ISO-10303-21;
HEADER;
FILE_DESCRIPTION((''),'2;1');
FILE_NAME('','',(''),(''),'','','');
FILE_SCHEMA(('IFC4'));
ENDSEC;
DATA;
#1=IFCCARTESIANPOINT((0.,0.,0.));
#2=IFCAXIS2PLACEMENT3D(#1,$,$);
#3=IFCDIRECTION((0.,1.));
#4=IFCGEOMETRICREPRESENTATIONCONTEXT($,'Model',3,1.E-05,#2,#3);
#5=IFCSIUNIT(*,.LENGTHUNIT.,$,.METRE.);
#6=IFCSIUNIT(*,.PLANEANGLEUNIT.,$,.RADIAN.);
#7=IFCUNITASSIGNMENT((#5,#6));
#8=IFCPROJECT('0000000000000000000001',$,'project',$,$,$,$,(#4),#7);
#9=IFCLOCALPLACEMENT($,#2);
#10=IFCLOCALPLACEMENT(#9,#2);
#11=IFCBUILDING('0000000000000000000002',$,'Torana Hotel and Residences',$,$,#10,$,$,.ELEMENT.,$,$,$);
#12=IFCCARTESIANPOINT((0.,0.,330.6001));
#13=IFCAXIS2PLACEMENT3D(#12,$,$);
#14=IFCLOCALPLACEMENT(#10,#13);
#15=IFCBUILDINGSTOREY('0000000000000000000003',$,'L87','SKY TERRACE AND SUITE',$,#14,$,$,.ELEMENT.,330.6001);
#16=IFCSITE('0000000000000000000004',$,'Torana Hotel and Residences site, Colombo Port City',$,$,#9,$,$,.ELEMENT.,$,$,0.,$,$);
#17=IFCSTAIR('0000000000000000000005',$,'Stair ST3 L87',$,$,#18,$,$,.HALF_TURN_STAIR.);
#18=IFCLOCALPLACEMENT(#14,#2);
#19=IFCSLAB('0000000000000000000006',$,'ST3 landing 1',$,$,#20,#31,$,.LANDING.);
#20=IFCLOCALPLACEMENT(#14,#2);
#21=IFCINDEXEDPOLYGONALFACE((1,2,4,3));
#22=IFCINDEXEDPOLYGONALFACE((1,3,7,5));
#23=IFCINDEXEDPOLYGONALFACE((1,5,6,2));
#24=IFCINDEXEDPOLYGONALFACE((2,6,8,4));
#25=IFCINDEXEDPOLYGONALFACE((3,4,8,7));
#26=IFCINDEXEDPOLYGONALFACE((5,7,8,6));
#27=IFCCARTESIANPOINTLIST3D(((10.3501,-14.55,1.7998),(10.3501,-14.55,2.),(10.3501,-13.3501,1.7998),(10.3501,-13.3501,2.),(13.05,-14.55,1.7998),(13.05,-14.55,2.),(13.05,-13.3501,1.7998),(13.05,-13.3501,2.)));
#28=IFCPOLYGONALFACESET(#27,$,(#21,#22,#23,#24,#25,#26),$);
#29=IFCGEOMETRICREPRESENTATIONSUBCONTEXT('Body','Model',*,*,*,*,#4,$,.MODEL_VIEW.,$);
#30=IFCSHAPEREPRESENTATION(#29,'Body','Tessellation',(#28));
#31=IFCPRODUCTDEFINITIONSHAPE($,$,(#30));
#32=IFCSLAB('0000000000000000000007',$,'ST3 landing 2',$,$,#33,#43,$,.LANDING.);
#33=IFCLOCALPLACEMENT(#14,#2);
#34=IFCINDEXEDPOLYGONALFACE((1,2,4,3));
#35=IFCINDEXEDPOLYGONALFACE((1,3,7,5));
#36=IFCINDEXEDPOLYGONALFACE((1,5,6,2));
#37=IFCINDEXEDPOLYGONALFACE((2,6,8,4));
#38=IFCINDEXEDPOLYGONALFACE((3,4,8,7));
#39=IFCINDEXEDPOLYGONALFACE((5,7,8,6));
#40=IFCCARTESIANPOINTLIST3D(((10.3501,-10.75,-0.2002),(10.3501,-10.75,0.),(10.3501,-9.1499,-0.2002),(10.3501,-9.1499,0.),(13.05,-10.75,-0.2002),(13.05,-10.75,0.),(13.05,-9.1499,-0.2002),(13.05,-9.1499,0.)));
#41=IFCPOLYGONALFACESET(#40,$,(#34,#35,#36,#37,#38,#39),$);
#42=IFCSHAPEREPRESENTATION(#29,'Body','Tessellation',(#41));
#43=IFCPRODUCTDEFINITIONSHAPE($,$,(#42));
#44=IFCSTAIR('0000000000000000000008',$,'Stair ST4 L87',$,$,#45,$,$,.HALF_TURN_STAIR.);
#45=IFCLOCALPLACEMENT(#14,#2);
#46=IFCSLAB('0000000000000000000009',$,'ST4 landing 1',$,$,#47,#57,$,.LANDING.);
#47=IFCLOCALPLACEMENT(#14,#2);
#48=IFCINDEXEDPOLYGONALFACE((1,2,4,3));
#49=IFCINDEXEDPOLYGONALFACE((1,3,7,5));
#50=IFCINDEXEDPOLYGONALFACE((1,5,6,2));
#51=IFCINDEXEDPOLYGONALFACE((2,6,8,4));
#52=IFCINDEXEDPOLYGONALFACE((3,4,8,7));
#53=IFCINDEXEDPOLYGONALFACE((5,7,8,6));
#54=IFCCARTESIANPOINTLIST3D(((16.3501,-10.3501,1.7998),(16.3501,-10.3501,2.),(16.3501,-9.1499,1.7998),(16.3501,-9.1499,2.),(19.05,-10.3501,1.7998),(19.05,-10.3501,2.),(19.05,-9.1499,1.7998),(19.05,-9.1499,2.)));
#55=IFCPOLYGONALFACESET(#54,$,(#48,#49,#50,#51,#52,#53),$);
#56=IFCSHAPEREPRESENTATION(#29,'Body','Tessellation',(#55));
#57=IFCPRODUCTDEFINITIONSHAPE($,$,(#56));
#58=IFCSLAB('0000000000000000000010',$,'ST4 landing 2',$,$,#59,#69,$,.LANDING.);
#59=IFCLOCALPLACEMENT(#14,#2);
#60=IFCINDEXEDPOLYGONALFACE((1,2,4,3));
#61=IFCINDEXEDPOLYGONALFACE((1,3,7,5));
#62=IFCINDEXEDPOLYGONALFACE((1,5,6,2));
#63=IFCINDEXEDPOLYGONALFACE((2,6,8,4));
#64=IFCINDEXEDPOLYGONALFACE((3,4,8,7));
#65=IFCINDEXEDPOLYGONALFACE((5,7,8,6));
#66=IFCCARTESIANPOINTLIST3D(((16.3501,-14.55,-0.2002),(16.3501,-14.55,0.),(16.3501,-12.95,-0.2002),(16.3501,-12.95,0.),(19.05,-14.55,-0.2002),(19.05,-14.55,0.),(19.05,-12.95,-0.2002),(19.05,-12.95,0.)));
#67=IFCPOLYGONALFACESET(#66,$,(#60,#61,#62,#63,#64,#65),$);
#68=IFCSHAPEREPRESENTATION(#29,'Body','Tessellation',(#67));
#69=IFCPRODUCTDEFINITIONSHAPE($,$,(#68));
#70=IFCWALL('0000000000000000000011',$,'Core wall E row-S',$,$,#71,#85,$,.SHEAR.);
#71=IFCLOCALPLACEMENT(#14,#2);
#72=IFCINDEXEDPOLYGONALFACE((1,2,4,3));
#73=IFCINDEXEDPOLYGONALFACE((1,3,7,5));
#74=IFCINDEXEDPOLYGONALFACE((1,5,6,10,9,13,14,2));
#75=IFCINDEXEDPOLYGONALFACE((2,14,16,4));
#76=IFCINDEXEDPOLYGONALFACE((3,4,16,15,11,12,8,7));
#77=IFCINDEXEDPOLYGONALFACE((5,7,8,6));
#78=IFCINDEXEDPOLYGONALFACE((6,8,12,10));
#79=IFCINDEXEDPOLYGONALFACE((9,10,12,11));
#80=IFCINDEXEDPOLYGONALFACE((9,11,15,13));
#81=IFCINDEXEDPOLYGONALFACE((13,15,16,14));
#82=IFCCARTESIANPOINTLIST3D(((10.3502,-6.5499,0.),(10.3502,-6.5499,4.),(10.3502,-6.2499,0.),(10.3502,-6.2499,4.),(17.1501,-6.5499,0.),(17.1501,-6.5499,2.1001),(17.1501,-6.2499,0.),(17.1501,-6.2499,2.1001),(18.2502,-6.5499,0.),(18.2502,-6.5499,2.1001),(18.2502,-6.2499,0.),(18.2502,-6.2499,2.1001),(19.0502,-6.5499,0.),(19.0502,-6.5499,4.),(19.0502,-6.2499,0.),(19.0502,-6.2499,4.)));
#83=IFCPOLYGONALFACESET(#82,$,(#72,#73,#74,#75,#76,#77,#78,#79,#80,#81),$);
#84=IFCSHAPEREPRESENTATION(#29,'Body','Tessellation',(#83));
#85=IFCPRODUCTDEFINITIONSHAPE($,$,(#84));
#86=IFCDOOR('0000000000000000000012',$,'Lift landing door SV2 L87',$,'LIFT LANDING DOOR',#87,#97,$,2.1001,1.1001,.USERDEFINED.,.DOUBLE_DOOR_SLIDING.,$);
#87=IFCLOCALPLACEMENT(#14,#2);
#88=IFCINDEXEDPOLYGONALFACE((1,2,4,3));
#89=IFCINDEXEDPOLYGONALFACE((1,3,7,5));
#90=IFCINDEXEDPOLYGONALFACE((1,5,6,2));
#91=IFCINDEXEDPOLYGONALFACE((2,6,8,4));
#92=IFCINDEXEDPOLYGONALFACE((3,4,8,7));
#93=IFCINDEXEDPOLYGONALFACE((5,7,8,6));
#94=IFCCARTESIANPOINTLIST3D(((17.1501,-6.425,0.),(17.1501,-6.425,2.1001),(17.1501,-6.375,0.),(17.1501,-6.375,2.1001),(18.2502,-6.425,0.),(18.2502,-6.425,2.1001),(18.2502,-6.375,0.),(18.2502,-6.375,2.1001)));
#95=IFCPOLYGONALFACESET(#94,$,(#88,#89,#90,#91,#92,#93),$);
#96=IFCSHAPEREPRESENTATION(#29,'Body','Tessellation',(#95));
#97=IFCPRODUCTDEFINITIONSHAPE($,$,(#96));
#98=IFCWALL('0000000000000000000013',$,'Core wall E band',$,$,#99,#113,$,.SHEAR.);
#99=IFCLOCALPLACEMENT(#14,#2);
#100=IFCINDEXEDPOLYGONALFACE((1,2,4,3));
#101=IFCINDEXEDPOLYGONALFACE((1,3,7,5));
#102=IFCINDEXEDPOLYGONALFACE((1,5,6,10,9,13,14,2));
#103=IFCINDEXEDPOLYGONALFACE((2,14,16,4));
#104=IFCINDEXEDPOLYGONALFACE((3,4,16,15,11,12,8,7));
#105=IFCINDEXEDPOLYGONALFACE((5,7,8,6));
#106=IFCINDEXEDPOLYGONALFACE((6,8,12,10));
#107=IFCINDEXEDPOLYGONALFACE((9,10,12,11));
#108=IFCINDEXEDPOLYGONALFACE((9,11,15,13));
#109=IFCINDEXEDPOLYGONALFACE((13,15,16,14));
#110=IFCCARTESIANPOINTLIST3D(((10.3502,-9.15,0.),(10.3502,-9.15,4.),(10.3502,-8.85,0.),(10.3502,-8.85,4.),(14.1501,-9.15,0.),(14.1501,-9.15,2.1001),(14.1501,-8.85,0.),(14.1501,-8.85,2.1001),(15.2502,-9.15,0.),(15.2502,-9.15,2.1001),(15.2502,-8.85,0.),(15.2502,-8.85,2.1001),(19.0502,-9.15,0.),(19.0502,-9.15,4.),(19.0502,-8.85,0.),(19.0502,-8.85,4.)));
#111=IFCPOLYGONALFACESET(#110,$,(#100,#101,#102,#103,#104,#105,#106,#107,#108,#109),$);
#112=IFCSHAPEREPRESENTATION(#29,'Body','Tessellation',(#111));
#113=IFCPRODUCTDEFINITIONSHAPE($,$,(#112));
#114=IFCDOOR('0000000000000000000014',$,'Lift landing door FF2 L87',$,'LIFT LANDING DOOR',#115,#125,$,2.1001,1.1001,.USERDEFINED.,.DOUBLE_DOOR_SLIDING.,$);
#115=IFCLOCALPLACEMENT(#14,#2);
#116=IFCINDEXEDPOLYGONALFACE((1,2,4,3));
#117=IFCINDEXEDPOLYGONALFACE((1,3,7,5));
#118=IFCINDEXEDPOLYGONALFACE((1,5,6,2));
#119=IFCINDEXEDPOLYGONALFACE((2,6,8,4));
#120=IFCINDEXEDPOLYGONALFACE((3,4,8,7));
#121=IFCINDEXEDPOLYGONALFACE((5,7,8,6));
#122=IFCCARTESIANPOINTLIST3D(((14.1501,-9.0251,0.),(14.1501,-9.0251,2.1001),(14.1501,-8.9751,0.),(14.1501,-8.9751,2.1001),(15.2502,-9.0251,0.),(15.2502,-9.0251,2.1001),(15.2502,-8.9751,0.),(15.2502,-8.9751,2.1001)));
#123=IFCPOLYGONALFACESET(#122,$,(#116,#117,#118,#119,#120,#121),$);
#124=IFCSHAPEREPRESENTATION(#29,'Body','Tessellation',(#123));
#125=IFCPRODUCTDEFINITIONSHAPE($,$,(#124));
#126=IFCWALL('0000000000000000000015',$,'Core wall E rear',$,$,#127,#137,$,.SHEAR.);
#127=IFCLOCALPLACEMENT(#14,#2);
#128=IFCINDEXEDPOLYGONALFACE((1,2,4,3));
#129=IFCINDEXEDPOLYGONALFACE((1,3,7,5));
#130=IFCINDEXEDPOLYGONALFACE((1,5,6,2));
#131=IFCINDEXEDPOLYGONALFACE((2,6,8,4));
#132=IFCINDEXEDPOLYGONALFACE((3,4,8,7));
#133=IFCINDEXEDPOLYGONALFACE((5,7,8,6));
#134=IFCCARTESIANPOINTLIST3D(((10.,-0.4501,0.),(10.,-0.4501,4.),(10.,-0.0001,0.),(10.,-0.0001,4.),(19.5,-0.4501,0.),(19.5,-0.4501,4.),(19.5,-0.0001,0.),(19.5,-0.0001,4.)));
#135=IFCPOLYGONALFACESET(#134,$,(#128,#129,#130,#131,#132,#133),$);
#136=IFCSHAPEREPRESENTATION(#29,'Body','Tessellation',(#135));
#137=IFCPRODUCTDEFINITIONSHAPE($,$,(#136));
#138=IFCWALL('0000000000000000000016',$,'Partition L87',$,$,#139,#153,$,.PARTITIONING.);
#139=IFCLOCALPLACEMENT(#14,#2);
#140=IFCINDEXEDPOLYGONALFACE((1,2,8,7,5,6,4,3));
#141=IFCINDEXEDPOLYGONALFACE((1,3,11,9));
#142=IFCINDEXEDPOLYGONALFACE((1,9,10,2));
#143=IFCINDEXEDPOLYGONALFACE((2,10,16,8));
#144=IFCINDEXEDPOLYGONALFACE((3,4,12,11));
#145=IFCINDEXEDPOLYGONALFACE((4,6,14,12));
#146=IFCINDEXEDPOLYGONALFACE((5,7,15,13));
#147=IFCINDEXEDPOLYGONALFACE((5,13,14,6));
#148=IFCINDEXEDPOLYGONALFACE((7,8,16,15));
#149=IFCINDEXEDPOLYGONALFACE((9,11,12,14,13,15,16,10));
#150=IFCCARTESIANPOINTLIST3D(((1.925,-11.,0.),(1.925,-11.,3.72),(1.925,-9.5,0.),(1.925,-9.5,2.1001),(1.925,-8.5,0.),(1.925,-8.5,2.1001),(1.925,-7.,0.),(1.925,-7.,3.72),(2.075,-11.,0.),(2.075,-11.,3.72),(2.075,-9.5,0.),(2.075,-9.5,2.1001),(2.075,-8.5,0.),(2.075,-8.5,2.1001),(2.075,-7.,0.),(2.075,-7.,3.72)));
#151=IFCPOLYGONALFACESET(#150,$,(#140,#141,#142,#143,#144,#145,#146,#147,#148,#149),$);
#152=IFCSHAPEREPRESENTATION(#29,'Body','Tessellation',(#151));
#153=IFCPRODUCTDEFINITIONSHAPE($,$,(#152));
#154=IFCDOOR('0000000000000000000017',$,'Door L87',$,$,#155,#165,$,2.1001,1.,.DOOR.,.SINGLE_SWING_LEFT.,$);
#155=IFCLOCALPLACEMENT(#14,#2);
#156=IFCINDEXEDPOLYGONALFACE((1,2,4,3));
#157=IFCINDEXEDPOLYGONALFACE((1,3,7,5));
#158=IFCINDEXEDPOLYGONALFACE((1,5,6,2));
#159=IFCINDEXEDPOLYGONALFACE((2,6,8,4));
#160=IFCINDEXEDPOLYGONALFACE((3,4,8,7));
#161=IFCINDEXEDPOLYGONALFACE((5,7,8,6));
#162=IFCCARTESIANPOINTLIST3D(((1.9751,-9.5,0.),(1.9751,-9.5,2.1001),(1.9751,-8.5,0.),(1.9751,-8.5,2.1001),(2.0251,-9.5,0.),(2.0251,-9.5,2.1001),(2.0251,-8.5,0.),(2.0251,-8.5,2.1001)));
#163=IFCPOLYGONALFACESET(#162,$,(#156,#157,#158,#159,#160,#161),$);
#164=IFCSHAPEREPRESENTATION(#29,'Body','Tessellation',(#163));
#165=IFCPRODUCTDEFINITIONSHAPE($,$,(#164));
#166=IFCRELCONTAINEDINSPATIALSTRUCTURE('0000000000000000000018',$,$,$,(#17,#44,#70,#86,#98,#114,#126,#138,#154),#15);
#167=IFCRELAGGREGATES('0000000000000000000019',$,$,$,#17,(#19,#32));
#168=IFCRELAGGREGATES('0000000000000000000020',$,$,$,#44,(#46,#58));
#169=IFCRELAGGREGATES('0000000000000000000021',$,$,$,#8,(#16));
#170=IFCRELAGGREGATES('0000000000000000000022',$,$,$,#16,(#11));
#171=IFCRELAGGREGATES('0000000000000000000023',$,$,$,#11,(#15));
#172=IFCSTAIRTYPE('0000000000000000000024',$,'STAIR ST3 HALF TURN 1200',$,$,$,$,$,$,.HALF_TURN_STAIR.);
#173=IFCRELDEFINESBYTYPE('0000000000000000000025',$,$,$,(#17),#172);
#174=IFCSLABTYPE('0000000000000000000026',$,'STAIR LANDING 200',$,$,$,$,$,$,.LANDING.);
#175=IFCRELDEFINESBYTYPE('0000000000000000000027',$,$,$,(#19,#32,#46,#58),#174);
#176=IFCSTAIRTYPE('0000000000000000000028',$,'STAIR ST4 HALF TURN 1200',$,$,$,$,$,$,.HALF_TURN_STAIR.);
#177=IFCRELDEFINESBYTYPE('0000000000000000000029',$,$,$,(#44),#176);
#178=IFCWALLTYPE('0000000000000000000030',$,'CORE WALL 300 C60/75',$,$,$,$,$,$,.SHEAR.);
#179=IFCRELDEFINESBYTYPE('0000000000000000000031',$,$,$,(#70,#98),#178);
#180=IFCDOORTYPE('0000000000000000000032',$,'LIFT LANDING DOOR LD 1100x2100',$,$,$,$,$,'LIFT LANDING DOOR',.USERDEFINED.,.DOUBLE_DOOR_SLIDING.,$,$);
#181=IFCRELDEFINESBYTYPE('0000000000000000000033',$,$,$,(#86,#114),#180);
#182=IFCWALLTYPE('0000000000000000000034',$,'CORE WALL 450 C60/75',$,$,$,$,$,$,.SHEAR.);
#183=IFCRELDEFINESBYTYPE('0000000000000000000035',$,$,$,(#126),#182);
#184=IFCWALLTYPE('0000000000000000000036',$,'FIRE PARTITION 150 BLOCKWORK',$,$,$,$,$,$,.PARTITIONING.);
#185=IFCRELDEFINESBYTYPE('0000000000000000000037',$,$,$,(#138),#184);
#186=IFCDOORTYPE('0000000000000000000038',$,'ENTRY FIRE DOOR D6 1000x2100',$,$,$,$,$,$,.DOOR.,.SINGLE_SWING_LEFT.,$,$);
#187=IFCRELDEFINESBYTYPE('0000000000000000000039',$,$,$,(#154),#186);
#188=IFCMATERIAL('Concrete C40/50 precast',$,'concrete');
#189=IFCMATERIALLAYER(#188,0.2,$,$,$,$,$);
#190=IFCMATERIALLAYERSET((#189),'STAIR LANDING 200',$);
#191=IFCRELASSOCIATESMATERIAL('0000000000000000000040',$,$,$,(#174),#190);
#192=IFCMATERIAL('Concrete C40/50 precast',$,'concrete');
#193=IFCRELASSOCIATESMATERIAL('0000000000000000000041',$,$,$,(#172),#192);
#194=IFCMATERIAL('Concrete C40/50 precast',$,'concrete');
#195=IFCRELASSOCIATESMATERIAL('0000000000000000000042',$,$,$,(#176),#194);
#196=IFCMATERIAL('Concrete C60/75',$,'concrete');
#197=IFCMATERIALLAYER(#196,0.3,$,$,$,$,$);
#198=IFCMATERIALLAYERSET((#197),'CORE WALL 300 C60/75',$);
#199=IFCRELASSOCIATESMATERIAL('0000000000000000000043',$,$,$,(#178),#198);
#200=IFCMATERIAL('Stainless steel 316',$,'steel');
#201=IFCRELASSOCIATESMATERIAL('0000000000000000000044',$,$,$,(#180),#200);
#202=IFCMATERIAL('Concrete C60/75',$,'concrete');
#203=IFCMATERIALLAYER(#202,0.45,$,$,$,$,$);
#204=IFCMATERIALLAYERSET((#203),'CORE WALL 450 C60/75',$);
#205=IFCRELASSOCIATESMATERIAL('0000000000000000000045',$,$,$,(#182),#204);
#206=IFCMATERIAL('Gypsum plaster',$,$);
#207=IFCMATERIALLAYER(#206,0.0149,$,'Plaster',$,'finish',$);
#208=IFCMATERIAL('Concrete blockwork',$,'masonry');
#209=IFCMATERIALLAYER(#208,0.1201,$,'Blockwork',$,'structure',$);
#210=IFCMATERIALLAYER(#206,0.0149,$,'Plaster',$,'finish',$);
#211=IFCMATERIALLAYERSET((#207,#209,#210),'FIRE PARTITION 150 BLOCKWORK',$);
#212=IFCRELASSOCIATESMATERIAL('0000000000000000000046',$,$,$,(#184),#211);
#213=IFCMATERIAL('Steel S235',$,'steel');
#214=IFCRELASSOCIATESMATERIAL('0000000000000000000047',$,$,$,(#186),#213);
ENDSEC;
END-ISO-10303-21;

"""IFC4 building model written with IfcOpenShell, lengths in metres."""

from ifc_helpers import new_model, si_unit, direction, frame, frame_2d, origin, place, context, subcontext, project, spatial, polyline, rectangle, outline, extrude, material, layer, layer_set, type_object, element, fill, aggregate, save


model = new_model("IFC4")

# Units and contexts
model_context = context("Model", 3, precision=1e-05, world=origin(), true_north=direction((0.0, 1.0)))
body_context = subcontext(model_context, "Body", "Model", "MODEL_VIEW")
ifc_project = project(units=[si_unit("LENGTHUNIT", "METRE"), si_unit("PLANEANGLEUNIT", "RADIAN")], contexts=[model_context])

# Site, building, storey
site_placement = place(None, origin())
site = spatial("IfcSite", under=ifc_project, at=site_placement, Name="Torana Hotel and Residences site, Colombo Port City", CompositionType="ELEMENT", RefElevation=0.0)
building_placement = place(site_placement, origin())
building = spatial("IfcBuilding", under=site, at=building_placement, Name="Torana Hotel and Residences", CompositionType="ELEMENT")
storey_placement = place(building_placement, frame((0.0, 0.0, 330.6001)))
storey = spatial("IfcBuildingStorey", under=building, at=storey_placement, Name="L87", Description="SKY TERRACE AND SUITE", CompositionType="ELEMENT", Elevation=330.6001)

# Stairs, slabs
ifc_material_1 = material(Name="Concrete C40/50 precast", Category="concrete")
ifc_layer_1 = layer(ifc_material_1, 0.2)
ifc_layer_set_1 = layer_set([ifc_layer_1], Name="STAIR LANDING 200")
slab_type_1 = type_object("IfcSlabType", Name="STAIR LANDING 200", PredefinedType="LANDING", material=ifc_layer_set_1)
ifc_material_2 = material(Name="Concrete C40/50 precast", Category="concrete")
stair_type_1 = type_object("IfcStairType", Name="STAIR ST3 HALF TURN 1200", PredefinedType="HALF_TURN_STAIR", material=ifc_material_2)
stair_1_placement = place(storey_placement, origin())
stair_1 = element("IfcStair", 1, at=stair_1_placement, inside=storey, type_object=stair_type_1, Name="Stair ST3 L87", PredefinedType="HALF_TURN_STAIR")
slab_1_placement = place(storey_placement, frame((0.0, 0.0, 1.7998)))
slab_1 = element("IfcSlab", 2, at=slab_1_placement, type_object=slab_type_1, Name="ST3 landing 1", PredefinedType="LANDING", context=body_context, shape_type="SweptSolid", body=[
    extrude(outline(polyline([(10.3501, -14.55), (13.05, -14.55), (13.05, -13.3501), (10.3501, -13.3501), (10.3501, -14.55)])), origin(), (0.0, 0.0, 1.0), 0.2002),
])
slab_2_placement = place(storey_placement, frame((0.0, 0.0, -0.2002)))
slab_2 = element("IfcSlab", 3, at=slab_2_placement, type_object=slab_type_1, Name="ST3 landing 2", PredefinedType="LANDING", context=body_context, shape_type="SweptSolid", body=[
    extrude(outline(polyline([(10.3501, -10.75), (13.05, -10.75), (13.05, -9.1499), (10.3501, -9.1499), (10.3501, -10.75)])), origin(), (0.0, 0.0, 1.0), 0.2002),
])
aggregate(stair_1, [slab_1, slab_2])
ifc_material_3 = material(Name="Concrete C40/50 precast", Category="concrete")
stair_type_2 = type_object("IfcStairType", Name="STAIR ST4 HALF TURN 1200", PredefinedType="HALF_TURN_STAIR", material=ifc_material_3)
stair_2_placement = place(storey_placement, origin())
stair_2 = element("IfcStair", 4, at=stair_2_placement, inside=storey, type_object=stair_type_2, Name="Stair ST4 L87", PredefinedType="HALF_TURN_STAIR")
slab_3_placement = place(storey_placement, frame((0.0, 0.0, 1.7998)))
slab_3 = element("IfcSlab", 5, at=slab_3_placement, type_object=slab_type_1, Name="ST4 landing 1", PredefinedType="LANDING", context=body_context, shape_type="SweptSolid", body=[
    extrude(outline(polyline([(16.3501, -10.3501), (19.05, -10.3501), (19.05, -9.1499), (16.3501, -9.1499), (16.3501, -10.3501)])), origin(), (0.0, 0.0, 1.0), 0.2002),
])
slab_4_placement = place(storey_placement, frame((0.0, 0.0, -0.2002)))
slab_4 = element("IfcSlab", 6, at=slab_4_placement, type_object=slab_type_1, Name="ST4 landing 2", PredefinedType="LANDING", context=body_context, shape_type="SweptSolid", body=[
    extrude(outline(polyline([(16.3501, -14.55), (19.05, -14.55), (19.05, -12.95), (16.3501, -12.95), (16.3501, -14.55)])), origin(), (0.0, 0.0, 1.0), 0.2002),
])
aggregate(stair_2, [slab_3, slab_4])

# Walls, openings, doors
ifc_material_4 = material(Name="Concrete C60/75", Category="concrete")
ifc_layer_2 = layer(ifc_material_4, 0.3)
ifc_layer_set_2 = layer_set([ifc_layer_2], Name="CORE WALL 300 C60/75")
wall_type_1 = type_object("IfcWallType", Name="CORE WALL 300 C60/75", PredefinedType="SHEAR", material=ifc_layer_set_2)
wall_1_placement = place(storey_placement, frame((10.3501, -6.3999, 0.0), z_axis=(0.0, 0.0, 1.0), x_axis=(1.0, 0.0, 0.0)))
wall_1 = element("IfcWall", 7, at=wall_1_placement, inside=storey, type_object=wall_type_1, Name="Core wall E row-S", PredefinedType="SHEAR", context=body_context, shape_type="SweptSolid", body=[
    extrude(rectangle(XDim=8.7, YDim=0.3, at=frame_2d((4.3501, 0.0))), origin(), (0.0, 0.0, 1.0), 4.0),
])
opening_1_placement = place(wall_1_placement, frame((6.8, 0.0, 0.0)))
opening_1 = element("IfcOpeningElement", 8, at=opening_1_placement, cuts=wall_1, PredefinedType="OPENING", context=body_context, shape_type="SweptSolid", body=[
    extrude(rectangle(XDim=1.1001, YDim=2.1001, at=frame_2d((0.55, 1.05))), frame((0.0, 0.1599, 0.0), z_axis=(0.0, -1.0, 0.0), x_axis=(1.0, 0.0, 0.0)), (0.0, 0.0, 1.0), 0.3201),
])
ifc_material_5 = material(Name="Stainless steel 316", Category="steel")
door_type_1 = type_object("IfcDoorType", Name="LIFT LANDING DOOR LD 1100x2100", ElementType="LIFT LANDING DOOR", OperationType="DOUBLE_DOOR_SLIDING", PredefinedType="USERDEFINED", material=ifc_material_5)
door_1_placement = place(opening_1_placement, origin())
door_1 = element("IfcDoor", 9, at=door_1_placement, inside=storey, type_object=door_type_1, Name="Lift landing door SV2 L87", ObjectType="LIFT LANDING DOOR", OperationType="DOUBLE_DOOR_SLIDING", OverallHeight=2.1001, OverallWidth=1.1001, PredefinedType="USERDEFINED", context=body_context, shape_type="SweptSolid", body=[
    extrude(rectangle(XDim=1.1001, YDim=2.1001, at=frame_2d((0.55, 1.05))), frame((0.0, 0.0249, 0.0), z_axis=(0.0, -1.0, 0.0), x_axis=(1.0, 0.0, 0.0)), (0.0, 0.0, 1.0), 0.05),
])
fill(opening_1, door_1)
wall_2_placement = place(storey_placement, frame((10.3501, -9.0, 0.0), z_axis=(0.0, 0.0, 1.0), x_axis=(1.0, 0.0, 0.0)))
wall_2 = element("IfcWall", 10, at=wall_2_placement, inside=storey, type_object=wall_type_1, Name="Core wall E band", PredefinedType="SHEAR", context=body_context, shape_type="SweptSolid", body=[
    extrude(rectangle(XDim=8.7, YDim=0.3, at=frame_2d((4.3501, 0.0))), origin(), (0.0, 0.0, 1.0), 4.0),
])
opening_2_placement = place(wall_2_placement, frame((3.8, 0.0, 0.0)))
opening_2 = element("IfcOpeningElement", 11, at=opening_2_placement, cuts=wall_2, PredefinedType="OPENING", context=body_context, shape_type="SweptSolid", body=[
    extrude(rectangle(XDim=1.1001, YDim=2.1001, at=frame_2d((0.55, 1.05))), frame((0.0, 0.1599, 0.0), z_axis=(0.0, -1.0, 0.0), x_axis=(1.0, 0.0, 0.0)), (0.0, 0.0, 1.0), 0.3201),
])
door_2_placement = place(opening_2_placement, origin())
door_2 = element("IfcDoor", 12, at=door_2_placement, inside=storey, type_object=door_type_1, Name="Lift landing door FF2 L87", ObjectType="LIFT LANDING DOOR", OperationType="DOUBLE_DOOR_SLIDING", OverallHeight=2.1001, OverallWidth=1.1001, PredefinedType="USERDEFINED", context=body_context, shape_type="SweptSolid", body=[
    extrude(rectangle(XDim=1.1001, YDim=2.1001, at=frame_2d((0.55, 1.05))), frame((0.0, 0.0249, 0.0), z_axis=(0.0, -1.0, 0.0), x_axis=(1.0, 0.0, 0.0)), (0.0, 0.0, 1.0), 0.05),
])
fill(opening_2, door_2)

# Wall
ifc_material_6 = material(Name="Concrete C60/75", Category="concrete")
ifc_layer_3 = layer(ifc_material_6, 0.45)
ifc_layer_set_3 = layer_set([ifc_layer_3], Name="CORE WALL 450 C60/75")
wall_type_2 = type_object("IfcWallType", Name="CORE WALL 450 C60/75", PredefinedType="SHEAR", material=ifc_layer_set_3)
wall_3_placement = place(storey_placement, frame((10.0, -0.2251, 0.0), z_axis=(0.0, 0.0, 1.0), x_axis=(1.0, 0.0, 0.0)))
element("IfcWall", 13, at=wall_3_placement, inside=storey, type_object=wall_type_2, Name="Core wall E rear", PredefinedType="SHEAR", context=body_context, shape_type="SweptSolid", body=[
    extrude(rectangle(XDim=9.5, YDim=0.45, at=frame_2d((4.75, 0.0))), origin(), (0.0, 0.0, 1.0), 4.0),
])

# Wall, opening, door
ifc_material_7 = material(Name="Gypsum plaster")
ifc_layer_4 = layer(ifc_material_7, 0.0149, Name="Plaster", Category="finish")
ifc_material_8 = material(Name="Concrete blockwork", Category="masonry")
ifc_layer_5 = layer(ifc_material_8, 0.1201, Name="Blockwork", Category="structure")
ifc_layer_6 = layer(ifc_material_7, 0.0149, Name="Plaster", Category="finish")
ifc_layer_set_4 = layer_set([ifc_layer_4, ifc_layer_5, ifc_layer_6], Name="FIRE PARTITION 150 BLOCKWORK")
wall_type_3 = type_object("IfcWallType", Name="FIRE PARTITION 150 BLOCKWORK", PredefinedType="PARTITIONING", material=ifc_layer_set_4)
wall_4_placement = place(storey_placement, frame((2.0, -11.0, 0.0), z_axis=(0.0, 0.0, 1.0), x_axis=(0.0, 1.0, 0.0)))
wall_4 = element("IfcWall", 14, at=wall_4_placement, inside=storey, type_object=wall_type_3, Name="Partition L87", PredefinedType="PARTITIONING", context=body_context, shape_type="SweptSolid", body=[
    extrude(rectangle(XDim=4.0, YDim=0.1499, at=frame_2d((2.0, 0.0))), origin(), (0.0, 0.0, 1.0), 3.72),
])
opening_3_placement = place(wall_4_placement, frame((1.5, 0.0, 0.0)))
opening_3 = element("IfcOpeningElement", 15, at=opening_3_placement, cuts=wall_4, PredefinedType="OPENING", context=body_context, shape_type="SweptSolid", body=[
    extrude(rectangle(XDim=1.0, YDim=2.1001, at=frame_2d((0.5, 1.05))), frame((0.0, 0.085, 0.0), z_axis=(0.0, -1.0, 0.0), x_axis=(1.0, 0.0, 0.0)), (0.0, 0.0, 1.0), 0.1699),
])
ifc_material_9 = material(Name="Steel S235", Category="steel")
door_type_2 = type_object("IfcDoorType", Name="ENTRY FIRE DOOR D6 1000x2100", OperationType="SINGLE_SWING_LEFT", PredefinedType="DOOR", material=ifc_material_9)
door_3_placement = place(opening_3_placement, frame((0.5, 0.0, 0.0), z_axis=(0.0, 0.0, 1.0), x_axis=(-1.0, 0.0, 0.0)))
door_3 = element("IfcDoor", 16, at=door_3_placement, inside=storey, type_object=door_type_2, Name="Door L87", OperationType="SINGLE_SWING_LEFT", OverallHeight=2.1001, OverallWidth=1.0, PredefinedType="DOOR", context=body_context, shape_type="SweptSolid", body=[
    extrude(rectangle(XDim=1.0, YDim=2.1001, at=frame_2d((0.0, 1.05))), frame((0.0, -0.0249, 0.0), z_axis=(0.0, 1.0, 0.0), x_axis=(-1.0, 0.0, 0.0)), (0.0, 0.0, 1.0), 0.05),
])
fill(opening_3, door_3)

save(model, "model.ifc")
